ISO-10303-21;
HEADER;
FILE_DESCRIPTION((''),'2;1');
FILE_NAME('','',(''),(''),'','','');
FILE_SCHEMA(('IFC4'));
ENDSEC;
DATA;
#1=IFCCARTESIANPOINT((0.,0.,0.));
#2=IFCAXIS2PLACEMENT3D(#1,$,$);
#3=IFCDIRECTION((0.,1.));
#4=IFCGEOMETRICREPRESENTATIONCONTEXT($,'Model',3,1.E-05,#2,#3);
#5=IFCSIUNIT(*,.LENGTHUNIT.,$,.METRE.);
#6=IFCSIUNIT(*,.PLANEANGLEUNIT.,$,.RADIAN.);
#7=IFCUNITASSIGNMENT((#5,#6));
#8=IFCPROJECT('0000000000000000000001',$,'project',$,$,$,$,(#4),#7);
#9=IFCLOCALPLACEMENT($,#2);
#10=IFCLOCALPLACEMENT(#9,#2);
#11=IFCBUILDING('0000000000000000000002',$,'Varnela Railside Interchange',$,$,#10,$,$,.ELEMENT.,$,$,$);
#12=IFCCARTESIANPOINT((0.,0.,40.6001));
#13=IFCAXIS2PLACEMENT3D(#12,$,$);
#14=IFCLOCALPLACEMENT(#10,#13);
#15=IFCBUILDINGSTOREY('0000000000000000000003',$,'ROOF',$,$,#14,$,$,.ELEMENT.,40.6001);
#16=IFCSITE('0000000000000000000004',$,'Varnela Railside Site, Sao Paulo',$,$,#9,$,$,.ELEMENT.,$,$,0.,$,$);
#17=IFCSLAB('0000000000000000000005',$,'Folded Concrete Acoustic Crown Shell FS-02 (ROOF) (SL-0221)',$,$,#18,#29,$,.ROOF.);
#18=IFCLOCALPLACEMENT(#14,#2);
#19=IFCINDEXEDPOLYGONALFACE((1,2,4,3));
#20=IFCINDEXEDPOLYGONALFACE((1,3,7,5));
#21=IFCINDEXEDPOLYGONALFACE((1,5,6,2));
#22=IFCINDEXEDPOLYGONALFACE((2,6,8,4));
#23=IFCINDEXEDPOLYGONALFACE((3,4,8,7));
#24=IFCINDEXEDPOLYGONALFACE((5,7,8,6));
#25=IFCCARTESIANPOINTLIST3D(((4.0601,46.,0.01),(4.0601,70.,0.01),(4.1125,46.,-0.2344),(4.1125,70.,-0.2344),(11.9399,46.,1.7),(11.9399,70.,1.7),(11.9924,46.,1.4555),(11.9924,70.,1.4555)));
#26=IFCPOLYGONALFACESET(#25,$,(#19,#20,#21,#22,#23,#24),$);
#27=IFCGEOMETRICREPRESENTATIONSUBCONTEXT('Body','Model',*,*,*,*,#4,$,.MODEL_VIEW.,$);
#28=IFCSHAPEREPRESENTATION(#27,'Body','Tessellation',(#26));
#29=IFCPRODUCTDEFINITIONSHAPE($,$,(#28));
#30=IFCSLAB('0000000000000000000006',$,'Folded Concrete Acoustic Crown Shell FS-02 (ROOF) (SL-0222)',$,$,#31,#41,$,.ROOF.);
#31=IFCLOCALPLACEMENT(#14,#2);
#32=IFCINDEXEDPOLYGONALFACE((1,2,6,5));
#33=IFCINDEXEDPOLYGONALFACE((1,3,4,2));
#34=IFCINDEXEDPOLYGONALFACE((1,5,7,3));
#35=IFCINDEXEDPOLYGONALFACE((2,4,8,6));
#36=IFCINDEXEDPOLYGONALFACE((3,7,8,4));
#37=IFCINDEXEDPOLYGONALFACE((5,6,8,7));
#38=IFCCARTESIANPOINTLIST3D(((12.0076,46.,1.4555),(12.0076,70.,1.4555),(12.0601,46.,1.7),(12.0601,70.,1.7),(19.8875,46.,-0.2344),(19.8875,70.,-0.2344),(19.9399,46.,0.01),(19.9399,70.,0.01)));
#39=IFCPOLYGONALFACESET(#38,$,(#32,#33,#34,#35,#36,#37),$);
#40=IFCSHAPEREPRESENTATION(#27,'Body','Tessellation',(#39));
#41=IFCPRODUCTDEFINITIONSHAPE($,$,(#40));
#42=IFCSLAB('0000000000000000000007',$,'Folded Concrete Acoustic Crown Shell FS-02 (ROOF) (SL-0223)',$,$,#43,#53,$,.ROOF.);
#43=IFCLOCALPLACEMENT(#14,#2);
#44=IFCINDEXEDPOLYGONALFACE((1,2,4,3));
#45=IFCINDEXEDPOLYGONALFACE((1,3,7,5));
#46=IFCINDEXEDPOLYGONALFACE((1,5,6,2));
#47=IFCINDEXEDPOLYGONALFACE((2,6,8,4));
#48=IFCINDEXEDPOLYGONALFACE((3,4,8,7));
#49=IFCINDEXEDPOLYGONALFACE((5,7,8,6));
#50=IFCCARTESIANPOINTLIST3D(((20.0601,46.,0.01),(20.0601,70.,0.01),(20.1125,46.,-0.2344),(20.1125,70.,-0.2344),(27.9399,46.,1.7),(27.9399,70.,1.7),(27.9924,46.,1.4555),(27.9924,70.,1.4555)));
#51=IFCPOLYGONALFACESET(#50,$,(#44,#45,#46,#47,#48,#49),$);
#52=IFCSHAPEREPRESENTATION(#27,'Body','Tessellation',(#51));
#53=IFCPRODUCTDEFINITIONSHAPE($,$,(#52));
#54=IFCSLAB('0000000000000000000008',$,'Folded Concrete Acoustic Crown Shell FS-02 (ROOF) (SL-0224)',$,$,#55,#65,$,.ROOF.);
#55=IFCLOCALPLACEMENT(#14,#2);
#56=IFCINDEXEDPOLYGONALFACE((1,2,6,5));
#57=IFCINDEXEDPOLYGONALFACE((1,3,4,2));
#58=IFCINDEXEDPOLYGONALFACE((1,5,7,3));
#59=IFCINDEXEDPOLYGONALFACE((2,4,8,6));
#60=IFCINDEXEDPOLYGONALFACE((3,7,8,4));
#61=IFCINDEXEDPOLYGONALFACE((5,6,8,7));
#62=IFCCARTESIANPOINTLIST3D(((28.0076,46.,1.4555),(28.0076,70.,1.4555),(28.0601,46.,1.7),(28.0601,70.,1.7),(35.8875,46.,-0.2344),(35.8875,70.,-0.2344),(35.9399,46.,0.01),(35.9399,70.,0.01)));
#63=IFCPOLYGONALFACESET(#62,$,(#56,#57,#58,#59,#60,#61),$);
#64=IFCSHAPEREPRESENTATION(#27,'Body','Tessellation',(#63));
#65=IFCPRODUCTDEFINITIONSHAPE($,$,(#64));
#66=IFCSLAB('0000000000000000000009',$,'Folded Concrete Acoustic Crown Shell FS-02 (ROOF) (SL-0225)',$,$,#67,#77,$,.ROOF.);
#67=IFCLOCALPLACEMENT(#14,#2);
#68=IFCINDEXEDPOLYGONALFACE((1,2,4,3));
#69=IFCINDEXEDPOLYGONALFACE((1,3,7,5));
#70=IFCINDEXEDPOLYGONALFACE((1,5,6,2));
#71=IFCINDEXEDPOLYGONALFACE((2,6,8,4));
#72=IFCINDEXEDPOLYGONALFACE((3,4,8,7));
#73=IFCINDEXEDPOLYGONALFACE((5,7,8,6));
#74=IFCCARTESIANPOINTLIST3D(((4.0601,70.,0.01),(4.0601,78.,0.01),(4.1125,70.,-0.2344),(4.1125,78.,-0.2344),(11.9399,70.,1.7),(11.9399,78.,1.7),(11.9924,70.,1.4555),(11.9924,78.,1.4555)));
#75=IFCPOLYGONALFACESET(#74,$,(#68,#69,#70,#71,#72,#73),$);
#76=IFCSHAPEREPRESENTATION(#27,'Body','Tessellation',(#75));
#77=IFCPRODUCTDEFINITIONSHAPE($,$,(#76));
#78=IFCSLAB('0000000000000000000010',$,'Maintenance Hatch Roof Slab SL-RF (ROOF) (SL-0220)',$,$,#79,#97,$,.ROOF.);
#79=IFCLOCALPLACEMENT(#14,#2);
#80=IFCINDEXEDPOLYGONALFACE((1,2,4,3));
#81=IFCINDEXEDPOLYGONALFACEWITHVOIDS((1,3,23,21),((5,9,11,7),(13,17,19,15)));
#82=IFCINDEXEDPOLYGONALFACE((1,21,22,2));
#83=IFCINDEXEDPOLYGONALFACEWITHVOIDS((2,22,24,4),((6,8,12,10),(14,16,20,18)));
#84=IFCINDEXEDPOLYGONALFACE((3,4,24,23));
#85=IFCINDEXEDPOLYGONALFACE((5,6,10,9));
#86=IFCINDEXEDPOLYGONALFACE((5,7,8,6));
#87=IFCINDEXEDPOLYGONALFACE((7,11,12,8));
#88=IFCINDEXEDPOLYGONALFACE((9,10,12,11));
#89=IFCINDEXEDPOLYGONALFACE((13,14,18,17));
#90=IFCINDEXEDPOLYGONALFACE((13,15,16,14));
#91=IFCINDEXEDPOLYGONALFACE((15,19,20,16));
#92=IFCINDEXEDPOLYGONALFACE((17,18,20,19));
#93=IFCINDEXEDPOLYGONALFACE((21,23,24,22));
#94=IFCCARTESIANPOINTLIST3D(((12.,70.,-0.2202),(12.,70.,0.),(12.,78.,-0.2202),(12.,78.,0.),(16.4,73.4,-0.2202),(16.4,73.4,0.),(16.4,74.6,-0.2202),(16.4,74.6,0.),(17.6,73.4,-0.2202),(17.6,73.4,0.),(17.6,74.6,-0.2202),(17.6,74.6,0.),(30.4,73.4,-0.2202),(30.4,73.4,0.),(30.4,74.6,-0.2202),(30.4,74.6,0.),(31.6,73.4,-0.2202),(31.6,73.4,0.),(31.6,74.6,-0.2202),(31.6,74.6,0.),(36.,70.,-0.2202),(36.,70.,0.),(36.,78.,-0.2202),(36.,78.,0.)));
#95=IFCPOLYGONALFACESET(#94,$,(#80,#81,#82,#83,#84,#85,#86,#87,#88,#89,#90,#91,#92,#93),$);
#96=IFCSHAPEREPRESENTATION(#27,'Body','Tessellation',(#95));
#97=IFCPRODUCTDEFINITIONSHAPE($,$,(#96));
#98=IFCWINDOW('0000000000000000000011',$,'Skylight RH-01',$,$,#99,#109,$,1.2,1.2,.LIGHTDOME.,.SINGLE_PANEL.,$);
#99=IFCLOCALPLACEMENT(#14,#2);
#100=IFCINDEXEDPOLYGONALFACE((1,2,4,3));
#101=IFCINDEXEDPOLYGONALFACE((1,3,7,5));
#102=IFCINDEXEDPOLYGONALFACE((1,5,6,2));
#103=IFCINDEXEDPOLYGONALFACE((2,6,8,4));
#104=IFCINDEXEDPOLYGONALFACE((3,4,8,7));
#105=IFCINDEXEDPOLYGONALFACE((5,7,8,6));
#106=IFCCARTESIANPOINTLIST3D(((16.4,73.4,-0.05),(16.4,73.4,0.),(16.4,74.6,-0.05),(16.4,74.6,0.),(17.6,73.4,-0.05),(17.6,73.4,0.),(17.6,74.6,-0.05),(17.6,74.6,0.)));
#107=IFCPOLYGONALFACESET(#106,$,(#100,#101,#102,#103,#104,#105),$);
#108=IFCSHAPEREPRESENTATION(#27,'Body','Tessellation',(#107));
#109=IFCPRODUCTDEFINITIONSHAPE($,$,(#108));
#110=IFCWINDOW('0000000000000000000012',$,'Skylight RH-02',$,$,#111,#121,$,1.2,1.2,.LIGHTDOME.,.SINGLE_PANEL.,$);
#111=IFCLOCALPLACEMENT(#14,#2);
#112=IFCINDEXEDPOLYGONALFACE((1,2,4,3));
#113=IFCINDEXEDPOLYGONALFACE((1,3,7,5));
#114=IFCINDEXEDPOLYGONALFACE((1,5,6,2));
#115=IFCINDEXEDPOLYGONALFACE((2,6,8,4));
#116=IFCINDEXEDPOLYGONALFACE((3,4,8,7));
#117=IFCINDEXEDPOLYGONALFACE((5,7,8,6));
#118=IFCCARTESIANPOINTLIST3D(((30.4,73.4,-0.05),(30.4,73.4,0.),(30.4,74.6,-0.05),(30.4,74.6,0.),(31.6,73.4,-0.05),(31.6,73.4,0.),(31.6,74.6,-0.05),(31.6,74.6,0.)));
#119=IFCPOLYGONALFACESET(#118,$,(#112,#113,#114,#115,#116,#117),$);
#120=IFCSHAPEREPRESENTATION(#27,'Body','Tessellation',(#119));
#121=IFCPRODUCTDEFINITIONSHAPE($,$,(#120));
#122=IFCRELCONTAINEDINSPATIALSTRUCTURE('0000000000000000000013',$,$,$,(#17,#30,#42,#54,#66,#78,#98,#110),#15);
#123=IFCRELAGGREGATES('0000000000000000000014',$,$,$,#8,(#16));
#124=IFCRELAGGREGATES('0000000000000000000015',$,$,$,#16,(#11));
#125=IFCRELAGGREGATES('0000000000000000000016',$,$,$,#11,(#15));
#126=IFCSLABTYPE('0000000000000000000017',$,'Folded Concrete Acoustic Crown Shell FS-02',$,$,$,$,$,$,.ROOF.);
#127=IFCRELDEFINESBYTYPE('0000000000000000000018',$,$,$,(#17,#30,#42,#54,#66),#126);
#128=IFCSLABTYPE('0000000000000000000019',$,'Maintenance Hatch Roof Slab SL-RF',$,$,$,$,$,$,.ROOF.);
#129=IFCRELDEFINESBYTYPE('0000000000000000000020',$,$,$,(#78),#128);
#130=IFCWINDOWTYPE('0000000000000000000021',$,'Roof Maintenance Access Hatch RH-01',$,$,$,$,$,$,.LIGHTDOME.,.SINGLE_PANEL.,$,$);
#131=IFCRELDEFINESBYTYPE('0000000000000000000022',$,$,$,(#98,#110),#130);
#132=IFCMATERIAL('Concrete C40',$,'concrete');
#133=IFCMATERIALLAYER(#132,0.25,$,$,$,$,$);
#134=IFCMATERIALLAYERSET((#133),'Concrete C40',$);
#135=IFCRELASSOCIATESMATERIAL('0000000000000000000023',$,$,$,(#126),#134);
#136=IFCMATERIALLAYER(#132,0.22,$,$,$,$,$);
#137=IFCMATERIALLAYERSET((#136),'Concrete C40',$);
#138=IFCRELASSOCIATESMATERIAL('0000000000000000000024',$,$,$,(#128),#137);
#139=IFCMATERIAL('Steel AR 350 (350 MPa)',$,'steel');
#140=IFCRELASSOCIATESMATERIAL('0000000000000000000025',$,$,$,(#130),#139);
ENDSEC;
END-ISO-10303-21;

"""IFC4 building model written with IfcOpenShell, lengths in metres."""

from ifc_helpers import new_model, si_unit, direction, frame, origin, origin_2d, place, context, subcontext, project, spatial, polyline, rectangle, outline, extrude, material, layer, layer_set, type_object, element, fill, save


model = new_model("IFC4")

# Units and contexts
model_context = context("Model", 3, precision=1e-05, world=origin(), true_north=direction((0.0, 1.0)))
body_context = subcontext(model_context, "Body", "Model", "MODEL_VIEW")
ifc_project = project(units=[si_unit("LENGTHUNIT", "METRE"), si_unit("PLANEANGLEUNIT", "RADIAN")], contexts=[model_context])

# Site, building, storey
site_placement = place(None, origin())
site = spatial("IfcSite", under=ifc_project, at=site_placement, Name="Varnela Railside Site, Sao Paulo", CompositionType="ELEMENT", RefElevation=0.0)
building_placement = place(site_placement, origin())
building = spatial("IfcBuilding", under=site, at=building_placement, Name="Varnela Railside Interchange", CompositionType="ELEMENT")
storey_placement = place(building_placement, frame((0.0, 0.0, 40.6001)))
storey = spatial("IfcBuildingStorey", under=building, at=storey_placement, Name="ROOF", CompositionType="ELEMENT", Elevation=40.6001)

# Slabs
ifc_material_1 = material(Name="Concrete C40", Category="concrete")
ifc_layer_1 = layer(ifc_material_1, 0.25)
ifc_layer_set_1 = layer_set([ifc_layer_1], Name="Concrete C40")
slab_type_1 = type_object("IfcSlabType", Name="Folded Concrete Acoustic Crown Shell FS-02", PredefinedType="ROOF", material=ifc_layer_set_1)
for number, where, z_axis, x_axis, name in (
    (1, (4.0601, 46.0, 0.01), (-0.209695, 0.0, 0.977767), (0.977767, 0.0, 0.209695), "Folded Concrete Acoustic Crown Shell FS-02 (ROOF) (SL-0221)"),
    (2, (12.0601, 46.0, 1.7), (0.209695, 0.0, 0.977767), (0.977767, 0.0, -0.209695), "Folded Concrete Acoustic Crown Shell FS-02 (ROOF) (SL-0222)"),
    (3, (20.0601, 46.0, 0.01), (-0.209695, 0.0, 0.977767), (0.977767, 0.0, 0.209695), "Folded Concrete Acoustic Crown Shell FS-02 (ROOF) (SL-0223)"),
    (4, (28.0601, 46.0, 1.7), (0.209695, 0.0, 0.977767), (0.977767, 0.0, -0.209695), "Folded Concrete Acoustic Crown Shell FS-02 (ROOF) (SL-0224)"),
):
    element("IfcSlab", number, at=place(storey_placement, frame(where, z_axis=z_axis, x_axis=x_axis)), inside=storey, type_object=slab_type_1, Name=name, PredefinedType="ROOF", context=body_context, shape_type="SweptSolid", body=[
        extrude(outline(polyline([(0.0, 0.0), (8.0591, 0.0), (8.0591, 24.0), (0.0, 24.0), (0.0, 0.0)])), origin(), (0.0, 0.0, -1.0), 0.25),
    ])
slab_1_placement = place(storey_placement, frame((4.0601, 70.0, 0.01), z_axis=(-0.209695, 0.0, 0.977767), x_axis=(0.977767, 0.0, 0.209695)))
element("IfcSlab", 5, at=slab_1_placement, inside=storey, type_object=slab_type_1, Name="Folded Concrete Acoustic Crown Shell FS-02 (ROOF) (SL-0225)", PredefinedType="ROOF", context=body_context, shape_type="SweptSolid", body=[
    extrude(outline(polyline([(0.0, 0.0), (8.0591, 0.0), (8.0591, 8.0), (0.0, 8.0), (0.0, 0.0)])), origin(), (0.0, 0.0, -1.0), 0.25),
])

# Slab, openings, windows
ifc_layer_2 = layer(ifc_material_1, 0.22)
ifc_layer_set_2 = layer_set([ifc_layer_2], Name="Concrete C40")
slab_type_2 = type_object("IfcSlabType", Name="Maintenance Hatch Roof Slab SL-RF", PredefinedType="ROOF", material=ifc_layer_set_2)
slab_2_placement = place(storey_placement, frame((0.0, 0.0, -0.2202)))
slab_2 = element("IfcSlab", 6, at=slab_2_placement, inside=storey, type_object=slab_type_2, Name="Maintenance Hatch Roof Slab SL-RF (ROOF) (SL-0220)", PredefinedType="ROOF", context=body_context, shape_type="SweptSolid", body=[
    extrude(outline(polyline([(12.0, 70.0), (36.0, 70.0), (36.0, 78.0), (12.0, 78.0), (12.0, 70.0)])), origin(), (0.0, 0.0, 1.0), 0.2202),
])
opening_1_placement = place(slab_2_placement, frame((17.0, 74.0, -0.01)))
opening_1 = element("IfcOpeningElement", 7, at=opening_1_placement, cuts=slab_2, PredefinedType="OPENING", context=body_context, shape_type="SweptSolid", body=[
    extrude(rectangle(XDim=1.2, YDim=1.2, at=origin_2d()), origin(), (0.0, 0.0, 1.0), 0.2402),
])
opening_2_placement = place(slab_2_placement, frame((31.0, 74.0, -0.01)))
opening_2 = element("IfcOpeningElement", 8, at=opening_2_placement, cuts=slab_2, PredefinedType="OPENING", context=body_context, shape_type="SweptSolid", body=[
    extrude(rectangle(XDim=1.2, YDim=1.2, at=origin_2d()), origin(), (0.0, 0.0, 1.0), 0.2402),
])
ifc_material_2 = material(Name="Steel AR 350 (350 MPa)", Category="steel")
window_type = type_object("IfcWindowType", Name="Roof Maintenance Access Hatch RH-01", PartitioningType="SINGLE_PANEL", PredefinedType="LIGHTDOME", material=ifc_material_2)
window_1_placement = place(slab_2_placement, frame((17.0, 74.0, 0.1702)))
window_1 = element("IfcWindow", 9, at=window_1_placement, inside=storey, type_object=window_type, Name="Skylight RH-01", OverallHeight=1.2, OverallWidth=1.2, PartitioningType="SINGLE_PANEL", PredefinedType="LIGHTDOME", context=body_context, shape_type="SweptSolid", body=[
    extrude(rectangle(XDim=1.2, YDim=1.2, at=origin_2d()), origin(), (0.0, 0.0, 1.0), 0.05),
])
fill(opening_1, window_1)
window_2_placement = place(slab_2_placement, frame((31.0, 74.0, 0.1702)))
window_2 = element("IfcWindow", 10, at=window_2_placement, inside=storey, type_object=window_type, Name="Skylight RH-02", OverallHeight=1.2, OverallWidth=1.2, PartitioningType="SINGLE_PANEL", PredefinedType="LIGHTDOME", context=body_context, shape_type="SweptSolid", body=[
    extrude(rectangle(XDim=1.2, YDim=1.2, at=origin_2d()), origin(), (0.0, 0.0, 1.0), 0.05),
])
fill(opening_2, window_2)

save(model, "model.ifc")
